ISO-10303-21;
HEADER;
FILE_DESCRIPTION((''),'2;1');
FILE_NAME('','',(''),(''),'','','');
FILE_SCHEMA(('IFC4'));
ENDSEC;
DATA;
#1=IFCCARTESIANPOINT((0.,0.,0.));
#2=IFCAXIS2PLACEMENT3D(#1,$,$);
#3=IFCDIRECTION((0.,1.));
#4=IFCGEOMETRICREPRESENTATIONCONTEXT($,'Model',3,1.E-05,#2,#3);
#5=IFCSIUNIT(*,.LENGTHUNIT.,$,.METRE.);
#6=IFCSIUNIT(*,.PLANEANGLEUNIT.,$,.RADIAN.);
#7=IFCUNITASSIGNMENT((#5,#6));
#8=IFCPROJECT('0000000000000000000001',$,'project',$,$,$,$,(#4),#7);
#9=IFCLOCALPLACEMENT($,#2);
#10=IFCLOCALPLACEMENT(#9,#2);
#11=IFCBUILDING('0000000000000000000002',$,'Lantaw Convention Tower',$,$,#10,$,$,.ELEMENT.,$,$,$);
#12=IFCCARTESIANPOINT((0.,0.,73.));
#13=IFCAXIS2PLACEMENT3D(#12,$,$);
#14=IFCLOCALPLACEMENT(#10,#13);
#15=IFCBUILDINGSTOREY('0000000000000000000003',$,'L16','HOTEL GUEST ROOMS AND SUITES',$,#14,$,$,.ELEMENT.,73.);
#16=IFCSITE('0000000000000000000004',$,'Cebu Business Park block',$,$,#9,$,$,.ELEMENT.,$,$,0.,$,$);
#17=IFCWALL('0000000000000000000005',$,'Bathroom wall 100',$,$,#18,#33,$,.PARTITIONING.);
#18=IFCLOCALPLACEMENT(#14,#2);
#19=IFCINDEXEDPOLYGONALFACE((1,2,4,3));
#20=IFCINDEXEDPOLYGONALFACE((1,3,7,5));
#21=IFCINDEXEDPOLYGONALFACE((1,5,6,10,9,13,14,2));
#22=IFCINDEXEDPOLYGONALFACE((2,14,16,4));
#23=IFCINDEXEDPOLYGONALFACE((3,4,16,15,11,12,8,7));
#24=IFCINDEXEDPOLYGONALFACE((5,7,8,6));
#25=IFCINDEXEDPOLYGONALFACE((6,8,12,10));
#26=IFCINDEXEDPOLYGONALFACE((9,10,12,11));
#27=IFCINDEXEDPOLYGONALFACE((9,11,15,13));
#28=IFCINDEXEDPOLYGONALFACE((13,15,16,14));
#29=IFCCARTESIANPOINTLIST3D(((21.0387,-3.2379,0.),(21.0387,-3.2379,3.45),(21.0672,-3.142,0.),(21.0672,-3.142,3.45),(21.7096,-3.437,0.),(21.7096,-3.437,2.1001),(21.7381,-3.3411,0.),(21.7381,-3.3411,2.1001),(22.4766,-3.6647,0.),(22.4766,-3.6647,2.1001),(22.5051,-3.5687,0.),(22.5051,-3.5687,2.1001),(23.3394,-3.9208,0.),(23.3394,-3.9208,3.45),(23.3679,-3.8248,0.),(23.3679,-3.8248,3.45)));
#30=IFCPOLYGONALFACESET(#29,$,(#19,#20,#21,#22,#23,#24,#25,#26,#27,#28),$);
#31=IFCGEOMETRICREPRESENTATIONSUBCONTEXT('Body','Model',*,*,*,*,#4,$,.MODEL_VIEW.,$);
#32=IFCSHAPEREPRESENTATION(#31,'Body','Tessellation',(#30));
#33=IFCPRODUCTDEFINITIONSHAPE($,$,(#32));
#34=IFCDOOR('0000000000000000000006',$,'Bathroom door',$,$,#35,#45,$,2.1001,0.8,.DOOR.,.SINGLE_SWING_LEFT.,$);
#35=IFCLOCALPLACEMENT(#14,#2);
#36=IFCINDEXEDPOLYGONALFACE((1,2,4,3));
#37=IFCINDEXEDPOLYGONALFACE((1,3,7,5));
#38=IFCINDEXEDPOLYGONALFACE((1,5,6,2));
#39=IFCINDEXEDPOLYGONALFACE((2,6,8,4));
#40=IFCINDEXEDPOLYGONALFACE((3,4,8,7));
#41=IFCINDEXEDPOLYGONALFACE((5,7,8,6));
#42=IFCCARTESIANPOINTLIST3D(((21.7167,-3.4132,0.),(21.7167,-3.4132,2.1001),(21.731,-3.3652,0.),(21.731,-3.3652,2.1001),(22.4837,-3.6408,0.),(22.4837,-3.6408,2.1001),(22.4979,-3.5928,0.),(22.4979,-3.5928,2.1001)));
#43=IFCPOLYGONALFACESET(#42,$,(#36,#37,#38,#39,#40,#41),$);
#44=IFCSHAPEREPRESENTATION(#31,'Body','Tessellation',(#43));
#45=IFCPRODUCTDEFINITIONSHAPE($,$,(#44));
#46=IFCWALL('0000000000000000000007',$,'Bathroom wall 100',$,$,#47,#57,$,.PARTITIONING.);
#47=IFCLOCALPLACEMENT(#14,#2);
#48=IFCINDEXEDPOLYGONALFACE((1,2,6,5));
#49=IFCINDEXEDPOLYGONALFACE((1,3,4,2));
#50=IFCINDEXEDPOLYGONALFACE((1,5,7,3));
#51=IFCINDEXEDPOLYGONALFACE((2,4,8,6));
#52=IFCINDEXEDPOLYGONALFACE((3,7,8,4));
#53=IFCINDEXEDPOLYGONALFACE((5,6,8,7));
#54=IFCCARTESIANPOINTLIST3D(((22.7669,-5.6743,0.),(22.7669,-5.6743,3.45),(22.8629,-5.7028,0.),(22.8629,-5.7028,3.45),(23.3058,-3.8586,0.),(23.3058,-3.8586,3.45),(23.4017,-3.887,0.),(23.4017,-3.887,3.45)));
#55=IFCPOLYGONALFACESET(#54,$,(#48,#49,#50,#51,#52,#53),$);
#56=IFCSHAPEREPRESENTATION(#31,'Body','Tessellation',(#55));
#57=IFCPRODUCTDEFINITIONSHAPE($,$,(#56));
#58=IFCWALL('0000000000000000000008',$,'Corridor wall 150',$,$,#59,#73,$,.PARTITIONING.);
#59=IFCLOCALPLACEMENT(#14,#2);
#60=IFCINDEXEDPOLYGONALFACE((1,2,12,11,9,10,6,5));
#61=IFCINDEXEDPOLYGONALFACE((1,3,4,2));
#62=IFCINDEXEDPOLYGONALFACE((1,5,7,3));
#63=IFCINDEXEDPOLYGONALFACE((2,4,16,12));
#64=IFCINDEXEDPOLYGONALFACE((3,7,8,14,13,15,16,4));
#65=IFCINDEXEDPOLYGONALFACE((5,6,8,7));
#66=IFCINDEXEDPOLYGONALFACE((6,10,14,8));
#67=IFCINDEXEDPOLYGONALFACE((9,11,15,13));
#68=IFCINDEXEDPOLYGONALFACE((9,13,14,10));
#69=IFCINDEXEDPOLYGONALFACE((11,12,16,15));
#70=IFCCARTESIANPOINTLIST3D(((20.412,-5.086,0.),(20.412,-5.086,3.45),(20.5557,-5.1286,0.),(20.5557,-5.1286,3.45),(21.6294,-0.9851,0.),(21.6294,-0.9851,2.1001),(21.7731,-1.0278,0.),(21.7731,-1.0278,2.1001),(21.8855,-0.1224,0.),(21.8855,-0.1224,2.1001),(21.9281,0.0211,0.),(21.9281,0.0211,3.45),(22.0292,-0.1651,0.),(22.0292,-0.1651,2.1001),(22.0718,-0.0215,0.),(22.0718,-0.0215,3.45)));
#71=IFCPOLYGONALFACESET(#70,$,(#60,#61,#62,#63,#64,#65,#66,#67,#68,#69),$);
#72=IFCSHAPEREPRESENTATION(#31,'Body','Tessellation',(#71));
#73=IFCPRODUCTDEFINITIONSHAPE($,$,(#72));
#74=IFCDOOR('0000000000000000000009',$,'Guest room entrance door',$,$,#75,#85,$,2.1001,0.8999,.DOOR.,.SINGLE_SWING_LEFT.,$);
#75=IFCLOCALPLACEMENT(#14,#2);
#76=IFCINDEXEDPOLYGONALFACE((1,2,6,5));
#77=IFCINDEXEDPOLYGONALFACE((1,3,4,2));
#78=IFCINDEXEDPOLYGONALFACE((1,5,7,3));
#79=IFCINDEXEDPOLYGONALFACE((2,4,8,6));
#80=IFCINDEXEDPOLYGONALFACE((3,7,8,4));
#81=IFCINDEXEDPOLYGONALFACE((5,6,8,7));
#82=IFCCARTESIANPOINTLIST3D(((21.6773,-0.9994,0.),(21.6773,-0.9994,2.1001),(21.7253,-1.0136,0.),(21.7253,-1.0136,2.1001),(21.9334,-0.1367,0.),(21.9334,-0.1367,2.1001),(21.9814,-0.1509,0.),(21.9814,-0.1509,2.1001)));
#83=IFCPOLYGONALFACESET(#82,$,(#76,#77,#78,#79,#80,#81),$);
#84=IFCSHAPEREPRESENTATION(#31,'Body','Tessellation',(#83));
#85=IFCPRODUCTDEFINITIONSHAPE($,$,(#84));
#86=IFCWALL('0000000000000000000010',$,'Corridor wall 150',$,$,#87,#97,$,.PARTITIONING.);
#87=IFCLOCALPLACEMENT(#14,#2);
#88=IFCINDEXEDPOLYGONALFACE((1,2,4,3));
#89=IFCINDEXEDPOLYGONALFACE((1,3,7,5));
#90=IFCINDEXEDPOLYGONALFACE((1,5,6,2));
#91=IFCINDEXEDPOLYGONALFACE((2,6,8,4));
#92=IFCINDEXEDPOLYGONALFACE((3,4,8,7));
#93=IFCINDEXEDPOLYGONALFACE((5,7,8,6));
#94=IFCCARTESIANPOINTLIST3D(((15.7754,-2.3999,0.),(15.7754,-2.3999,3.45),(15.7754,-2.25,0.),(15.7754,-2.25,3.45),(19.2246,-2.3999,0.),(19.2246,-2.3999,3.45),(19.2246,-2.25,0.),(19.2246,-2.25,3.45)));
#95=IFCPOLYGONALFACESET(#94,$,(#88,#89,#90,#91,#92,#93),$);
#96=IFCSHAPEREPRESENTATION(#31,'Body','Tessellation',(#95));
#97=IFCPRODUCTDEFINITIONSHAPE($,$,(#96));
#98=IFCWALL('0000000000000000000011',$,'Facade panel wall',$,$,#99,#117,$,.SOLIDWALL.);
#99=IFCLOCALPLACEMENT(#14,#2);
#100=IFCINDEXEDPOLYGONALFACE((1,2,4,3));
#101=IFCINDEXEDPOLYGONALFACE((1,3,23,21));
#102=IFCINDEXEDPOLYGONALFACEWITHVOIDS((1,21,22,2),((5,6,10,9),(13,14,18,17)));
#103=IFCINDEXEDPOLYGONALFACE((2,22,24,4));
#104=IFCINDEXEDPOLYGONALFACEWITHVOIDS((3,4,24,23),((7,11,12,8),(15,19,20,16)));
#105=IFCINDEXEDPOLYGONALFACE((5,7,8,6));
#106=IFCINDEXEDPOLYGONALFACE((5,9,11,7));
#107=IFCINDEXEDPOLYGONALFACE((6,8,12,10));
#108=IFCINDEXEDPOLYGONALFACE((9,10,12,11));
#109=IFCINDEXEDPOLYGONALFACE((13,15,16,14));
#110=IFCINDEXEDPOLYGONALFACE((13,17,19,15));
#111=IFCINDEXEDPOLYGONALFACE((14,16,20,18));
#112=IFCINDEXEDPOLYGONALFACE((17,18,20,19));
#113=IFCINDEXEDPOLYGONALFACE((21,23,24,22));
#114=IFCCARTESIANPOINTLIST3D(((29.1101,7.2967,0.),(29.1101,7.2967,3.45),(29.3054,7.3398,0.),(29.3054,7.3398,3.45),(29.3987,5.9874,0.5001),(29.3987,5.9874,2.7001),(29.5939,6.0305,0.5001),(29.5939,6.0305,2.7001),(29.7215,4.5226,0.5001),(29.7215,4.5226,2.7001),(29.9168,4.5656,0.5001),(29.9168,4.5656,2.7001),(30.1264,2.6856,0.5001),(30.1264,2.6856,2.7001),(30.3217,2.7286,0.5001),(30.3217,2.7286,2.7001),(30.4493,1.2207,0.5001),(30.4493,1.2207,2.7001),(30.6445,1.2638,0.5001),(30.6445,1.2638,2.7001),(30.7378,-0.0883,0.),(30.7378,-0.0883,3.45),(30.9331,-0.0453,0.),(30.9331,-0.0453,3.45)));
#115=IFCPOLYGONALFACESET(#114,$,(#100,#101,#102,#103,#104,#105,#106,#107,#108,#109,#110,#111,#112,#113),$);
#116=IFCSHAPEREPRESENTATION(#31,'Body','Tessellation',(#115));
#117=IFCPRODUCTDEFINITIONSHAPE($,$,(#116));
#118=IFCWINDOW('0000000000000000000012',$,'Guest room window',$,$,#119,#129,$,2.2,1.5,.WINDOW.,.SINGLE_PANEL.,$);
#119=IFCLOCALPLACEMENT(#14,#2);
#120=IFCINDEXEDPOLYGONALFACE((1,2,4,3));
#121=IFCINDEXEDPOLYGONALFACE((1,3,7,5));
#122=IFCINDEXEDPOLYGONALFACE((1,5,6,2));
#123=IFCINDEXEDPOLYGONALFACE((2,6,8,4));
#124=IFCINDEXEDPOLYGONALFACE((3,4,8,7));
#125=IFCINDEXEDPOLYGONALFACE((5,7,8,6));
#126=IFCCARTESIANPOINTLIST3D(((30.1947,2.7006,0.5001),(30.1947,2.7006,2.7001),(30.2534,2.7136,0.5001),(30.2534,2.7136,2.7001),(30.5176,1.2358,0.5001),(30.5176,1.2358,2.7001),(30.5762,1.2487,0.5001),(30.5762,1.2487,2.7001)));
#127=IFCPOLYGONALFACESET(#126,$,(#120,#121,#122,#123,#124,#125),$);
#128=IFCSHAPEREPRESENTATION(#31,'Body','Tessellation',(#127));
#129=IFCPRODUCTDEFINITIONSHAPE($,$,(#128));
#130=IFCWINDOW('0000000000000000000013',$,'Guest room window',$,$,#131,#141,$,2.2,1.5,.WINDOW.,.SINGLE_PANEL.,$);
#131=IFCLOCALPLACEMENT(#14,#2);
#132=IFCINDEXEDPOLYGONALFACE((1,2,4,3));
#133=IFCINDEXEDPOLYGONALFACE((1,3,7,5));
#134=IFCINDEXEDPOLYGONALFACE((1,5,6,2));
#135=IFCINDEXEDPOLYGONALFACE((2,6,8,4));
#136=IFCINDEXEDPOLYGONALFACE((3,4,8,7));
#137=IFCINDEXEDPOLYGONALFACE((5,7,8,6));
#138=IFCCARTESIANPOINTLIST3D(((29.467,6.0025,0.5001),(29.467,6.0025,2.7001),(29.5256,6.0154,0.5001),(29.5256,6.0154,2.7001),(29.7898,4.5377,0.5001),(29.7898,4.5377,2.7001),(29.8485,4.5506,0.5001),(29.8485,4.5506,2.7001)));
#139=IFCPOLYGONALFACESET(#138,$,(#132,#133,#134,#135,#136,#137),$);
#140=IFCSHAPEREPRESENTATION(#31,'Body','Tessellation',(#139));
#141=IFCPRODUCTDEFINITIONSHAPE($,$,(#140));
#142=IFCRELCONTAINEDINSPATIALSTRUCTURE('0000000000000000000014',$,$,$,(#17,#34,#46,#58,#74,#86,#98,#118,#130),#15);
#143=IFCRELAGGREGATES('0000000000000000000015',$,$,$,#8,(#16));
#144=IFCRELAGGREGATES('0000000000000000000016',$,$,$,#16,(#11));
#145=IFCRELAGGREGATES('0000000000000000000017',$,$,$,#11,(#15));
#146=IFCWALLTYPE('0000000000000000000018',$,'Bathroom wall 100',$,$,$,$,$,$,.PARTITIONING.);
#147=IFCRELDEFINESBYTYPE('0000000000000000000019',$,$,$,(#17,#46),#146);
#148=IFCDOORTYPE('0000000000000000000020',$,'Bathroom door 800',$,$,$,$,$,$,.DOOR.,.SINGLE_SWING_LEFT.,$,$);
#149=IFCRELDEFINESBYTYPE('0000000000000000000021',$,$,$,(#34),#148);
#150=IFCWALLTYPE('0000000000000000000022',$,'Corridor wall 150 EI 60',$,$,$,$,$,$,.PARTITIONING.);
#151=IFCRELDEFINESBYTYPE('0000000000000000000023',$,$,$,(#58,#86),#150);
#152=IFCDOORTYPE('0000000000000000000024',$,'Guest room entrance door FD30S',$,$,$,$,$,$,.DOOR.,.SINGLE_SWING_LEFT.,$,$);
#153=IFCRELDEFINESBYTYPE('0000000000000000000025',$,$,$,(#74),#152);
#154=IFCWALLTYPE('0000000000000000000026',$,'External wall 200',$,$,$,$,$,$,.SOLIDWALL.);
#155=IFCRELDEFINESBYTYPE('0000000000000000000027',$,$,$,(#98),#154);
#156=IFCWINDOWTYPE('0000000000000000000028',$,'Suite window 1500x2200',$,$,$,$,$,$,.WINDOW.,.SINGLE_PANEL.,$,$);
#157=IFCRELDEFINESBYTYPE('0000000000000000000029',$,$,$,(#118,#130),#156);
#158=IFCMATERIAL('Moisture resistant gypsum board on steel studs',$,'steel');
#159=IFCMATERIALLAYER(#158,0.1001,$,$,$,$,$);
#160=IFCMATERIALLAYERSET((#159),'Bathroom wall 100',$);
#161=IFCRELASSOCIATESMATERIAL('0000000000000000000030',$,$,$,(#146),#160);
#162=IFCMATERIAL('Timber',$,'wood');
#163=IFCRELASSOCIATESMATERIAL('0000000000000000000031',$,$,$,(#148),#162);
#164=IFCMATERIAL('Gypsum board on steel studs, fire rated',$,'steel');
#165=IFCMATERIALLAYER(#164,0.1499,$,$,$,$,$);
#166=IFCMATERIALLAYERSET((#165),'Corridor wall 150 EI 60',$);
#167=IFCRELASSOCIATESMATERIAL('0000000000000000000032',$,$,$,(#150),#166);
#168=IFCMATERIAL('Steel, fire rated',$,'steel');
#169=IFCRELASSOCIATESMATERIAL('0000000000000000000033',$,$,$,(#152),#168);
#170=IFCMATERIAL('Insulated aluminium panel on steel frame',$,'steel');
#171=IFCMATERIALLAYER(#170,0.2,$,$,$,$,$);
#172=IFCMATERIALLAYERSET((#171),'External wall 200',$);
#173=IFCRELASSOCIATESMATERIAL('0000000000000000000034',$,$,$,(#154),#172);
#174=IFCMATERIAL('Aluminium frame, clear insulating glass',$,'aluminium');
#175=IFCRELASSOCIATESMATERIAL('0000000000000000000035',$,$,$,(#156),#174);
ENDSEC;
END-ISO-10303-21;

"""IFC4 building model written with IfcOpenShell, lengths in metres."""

from ifc_helpers import new_model, si_unit, direction, frame, frame_2d, origin, place, context, subcontext, project, spatial, rectangle, extrude, material, layer, layer_set, type_object, element, fill, save


model = new_model("IFC4")

# Units and contexts
model_context = context("Model", 3, precision=1e-05, world=origin(), true_north=direction((0.0, 1.0)))
body_context = subcontext(model_context, "Body", "Model", "MODEL_VIEW")
ifc_project = project(units=[si_unit("LENGTHUNIT", "METRE"), si_unit("PLANEANGLEUNIT", "RADIAN")], contexts=[model_context])

# Site, building, storey
site_placement = place(None, origin())
site = spatial("IfcSite", under=ifc_project, at=site_placement, Name="Cebu Business Park block", CompositionType="ELEMENT", RefElevation=0.0)
building_placement = place(site_placement, origin())
building = spatial("IfcBuilding", under=site, at=building_placement, Name="Lantaw Convention Tower", CompositionType="ELEMENT")
storey_placement = place(building_placement, frame((0.0, 0.0, 73.0)))
storey = spatial("IfcBuildingStorey", under=building, at=storey_placement, Name="L16", Description="HOTEL GUEST ROOMS AND SUITES", CompositionType="ELEMENT", Elevation=73.0)

# Wall, opening, door
ifc_material_1 = material(Name="Moisture resistant gypsum board on steel studs", Category="steel")
ifc_layer_1 = layer(ifc_material_1, 0.1001)
ifc_layer_set_1 = layer_set([ifc_layer_1], Name="Bathroom wall 100")
wall_type_1 = type_object("IfcWallType", Name="Bathroom wall 100", PredefinedType="PARTITIONING", material=ifc_layer_set_1)
wall_1_placement = place(storey_placement, frame((21.053, -3.1899, 0.0), z_axis=(0.0, 0.0, 1.0), x_axis=(0.958668, -0.284528, 0.0)))
wall_1 = element("IfcWall", 1, at=wall_1_placement, inside=storey, type_object=wall_type_1, Name="Bathroom wall 100", PredefinedType="PARTITIONING", context=body_context, shape_type="SweptSolid", body=[
    extrude(rectangle(XDim=2.3999, YDim=0.1001, at=frame_2d((1.2, 0.0))), origin(), (0.0, 0.0, 1.0), 3.45),
])
opening_1_placement = place(wall_1_placement, frame((0.7, 0.0, 0.0)))
opening_1 = element("IfcOpeningElement", 2, at=opening_1_placement, cuts=wall_1, PredefinedType="OPENING", context=body_context, shape_type="SweptSolid", body=[
    extrude(rectangle(XDim=0.8, YDim=2.1001, at=frame_2d((0.3999, 1.05))), frame((0.0, 0.0601, 0.0), z_axis=(0.0, -1.0, 0.0), x_axis=(1.0, 0.0, 0.0)), (0.0, 0.0, 1.0), 0.1201),
])
ifc_material_2 = material(Name="Timber", Category="wood")
door_type_1 = type_object("IfcDoorType", Name="Bathroom door 800", OperationType="SINGLE_SWING_LEFT", PredefinedType="DOOR", material=ifc_material_2)
door_1_placement = place(opening_1_placement, origin())
door_1 = element("IfcDoor", 3, at=door_1_placement, inside=storey, type_object=door_type_1, Name="Bathroom door", OperationType="SINGLE_SWING_LEFT", OverallHeight=2.1001, OverallWidth=0.8, PredefinedType="DOOR", context=body_context, shape_type="SweptSolid", body=[
    extrude(rectangle(XDim=0.8, YDim=2.1001, at=frame_2d((0.3999, 1.05))), frame((0.0, 0.0249, 0.0), z_axis=(0.0, -1.0, 0.0), x_axis=(1.0, 0.0, 0.0)), (0.0, 0.0, 1.0), 0.05),
])
fill(opening_1, door_1)

# Wall
wall_2_placement = place(storey_placement, frame((23.3538, -3.8728, 0.0), z_axis=(0.0, 0.0, 1.0), x_axis=(-0.284496, -0.958677, 0.0)))
element("IfcWall", 4, at=wall_2_placement, inside=storey, type_object=wall_type_1, Name="Bathroom wall 100", PredefinedType="PARTITIONING", context=body_context, shape_type="SweptSolid", body=[
    extrude(rectangle(XDim=1.894, YDim=0.1001, at=frame_2d((0.947, 0.0))), origin(), (0.0, 0.0, 1.0), 3.45),
])

# Wall, opening, door
ifc_material_3 = material(Name="Gypsum board on steel studs, fire rated", Category="steel")
ifc_layer_2 = layer(ifc_material_3, 0.1499)
ifc_layer_set_2 = layer_set([ifc_layer_2], Name="Corridor wall 150 EI 60")
wall_type_2 = type_object("IfcWallType", Name="Corridor wall 150 EI 60", PredefinedType="PARTITIONING", material=ifc_layer_set_2)
wall_3_placement = place(storey_placement, frame((20.4839, -5.1072, 0.0), z_axis=(0.0, 0.0, 1.0), x_axis=(0.284584, 0.958651, 0.0)))
wall_3 = element("IfcWall", 5, at=wall_3_placement, inside=storey, type_object=wall_type_2, Name="Corridor wall 150", PredefinedType="PARTITIONING", context=body_context, shape_type="SweptSolid", body=[
    extrude(rectangle(XDim=5.3274, YDim=0.1499, at=frame_2d((2.6636, 0.0))), origin(), (0.0, 0.0, 1.0), 3.45),
])
opening_2_placement = place(wall_3_placement, frame((4.2776, 0.0, 0.0)))
opening_2 = element("IfcOpeningElement", 6, at=opening_2_placement, cuts=wall_3, PredefinedType="OPENING", context=body_context, shape_type="SweptSolid", body=[
    extrude(rectangle(XDim=0.8999, YDim=2.1001, at=frame_2d((0.45, 1.05))), frame((0.0, 0.085, 0.0), z_axis=(0.0, -1.0, 0.0), x_axis=(1.0, 0.0, 0.0)), (0.0, 0.0, 1.0), 0.1699),
])
ifc_material_4 = material(Name="Steel, fire rated", Category="steel")
door_type_2 = type_object("IfcDoorType", Name="Guest room entrance door FD30S", OperationType="SINGLE_SWING_LEFT", PredefinedType="DOOR", material=ifc_material_4)
door_2_placement = place(opening_2_placement, origin())
door_2 = element("IfcDoor", 7, at=door_2_placement, inside=storey, type_object=door_type_2, Name="Guest room entrance door", OperationType="SINGLE_SWING_LEFT", OverallHeight=2.1001, OverallWidth=0.8999, PredefinedType="DOOR", context=body_context, shape_type="SweptSolid", body=[
    extrude(rectangle(XDim=0.8999, YDim=2.1001, at=frame_2d((0.45, 1.05))), frame((0.0, 0.0249, 0.0), z_axis=(0.0, -1.0, 0.0), x_axis=(1.0, 0.0, 0.0)), (0.0, 0.0, 1.0), 0.05),
])
fill(opening_2, door_2)

# Wall
wall_4_placement = place(storey_placement, frame((19.2246, -2.325, 0.0), z_axis=(0.0, 0.0, 1.0), x_axis=(-1.0, 0.0, 0.0)))
element("IfcWall", 8, at=wall_4_placement, inside=storey, type_object=wall_type_2, Name="Corridor wall 150", PredefinedType="PARTITIONING", context=body_context, shape_type="SweptSolid", body=[
    extrude(rectangle(XDim=3.4492, YDim=0.1499, at=frame_2d((1.7246, 0.0))), origin(), (0.0, 0.0, 1.0), 3.45),
])

# Wall, openings, windows
ifc_material_5 = material(Name="Insulated aluminium panel on steel frame", Category="steel")
ifc_layer_3 = layer(ifc_material_5, 0.2)
ifc_layer_set_3 = layer_set([ifc_layer_3], Name="External wall 200")
wall_type_3 = type_object("IfcWallType", Name="External wall 200", PredefinedType="SOLIDWALL", material=ifc_layer_set_3)
wall_5_placement = place(storey_placement, frame((30.8354, -0.0669, 0.0), z_axis=(0.0, 0.0, 1.0), x_axis=(-0.215238, 0.976562, 0.0)))
wall_5 = element("IfcWall", 9, at=wall_5_placement, inside=storey, type_object=wall_type_3, Name="Facade panel wall", PredefinedType="SOLIDWALL", context=body_context, shape_type="SweptSolid", body=[
    extrude(rectangle(XDim=7.5623, YDim=0.2, at=frame_2d((3.7812, 0.0))), origin(), (0.0, 0.0, 1.0), 3.45),
])
opening_3_placement = place(wall_5_placement, frame((1.3406, 0.0, 0.5)))
opening_3 = element("IfcOpeningElement", 10, at=opening_3_placement, cuts=wall_5, PredefinedType="OPENING", context=body_context, shape_type="SweptSolid", body=[
    extrude(rectangle(XDim=1.5, YDim=2.2, at=frame_2d((0.75, 1.1001))), frame((0.0, 0.1099, 0.0), z_axis=(0.0, -1.0, 0.0), x_axis=(1.0, 0.0, 0.0)), (0.0, 0.0, 1.0), 0.22),
])
opening_4_placement = place(wall_5_placement, frame((4.7217, 0.0, 0.5)))
opening_4 = element("IfcOpeningElement", 11, at=opening_4_placement, cuts=wall_5, PredefinedType="OPENING", context=body_context, shape_type="SweptSolid", body=[
    extrude(rectangle(XDim=1.5, YDim=2.2, at=frame_2d((0.75, 1.1001))), frame((0.0, 0.1099, 0.0), z_axis=(0.0, -1.0, 0.0), x_axis=(1.0, 0.0, 0.0)), (0.0, 0.0, 1.0), 0.22),
])
ifc_material_6 = material(Name="Aluminium frame, clear insulating glass", Category="aluminium")
window_type = type_object("IfcWindowType", Name="Suite window 1500x2200", PartitioningType="SINGLE_PANEL", PredefinedType="WINDOW", material=ifc_material_6)
window_1_placement = place(opening_3_placement, origin())
window_1 = element("IfcWindow", 12, at=window_1_placement, inside=storey, type_object=window_type, Name="Guest room window", OverallHeight=2.2, OverallWidth=1.5, PartitioningType="SINGLE_PANEL", PredefinedType="WINDOW", context=body_context, shape_type="SweptSolid", body=[
    extrude(rectangle(XDim=1.5, YDim=2.2, at=frame_2d((0.75, 1.1001))), frame((0.0, 0.03, 0.0), z_axis=(0.0, -1.0, 0.0), x_axis=(1.0, 0.0, 0.0)), (0.0, 0.0, 1.0), 0.0601),
])
fill(opening_3, window_1)
window_2_placement = place(opening_4_placement, origin())
window_2 = element("IfcWindow", 13, at=window_2_placement, inside=storey, type_object=window_type, Name="Guest room window", OverallHeight=2.2, OverallWidth=1.5, PartitioningType="SINGLE_PANEL", PredefinedType="WINDOW", context=body_context, shape_type="SweptSolid", body=[
    extrude(rectangle(XDim=1.5, YDim=2.2, at=frame_2d((0.75, 1.1001))), frame((0.0, 0.03, 0.0), z_axis=(0.0, -1.0, 0.0), x_axis=(1.0, 0.0, 0.0)), (0.0, 0.0, 1.0), 0.0601),
])
fill(opening_4, window_2)

save(model, "model.ifc")
